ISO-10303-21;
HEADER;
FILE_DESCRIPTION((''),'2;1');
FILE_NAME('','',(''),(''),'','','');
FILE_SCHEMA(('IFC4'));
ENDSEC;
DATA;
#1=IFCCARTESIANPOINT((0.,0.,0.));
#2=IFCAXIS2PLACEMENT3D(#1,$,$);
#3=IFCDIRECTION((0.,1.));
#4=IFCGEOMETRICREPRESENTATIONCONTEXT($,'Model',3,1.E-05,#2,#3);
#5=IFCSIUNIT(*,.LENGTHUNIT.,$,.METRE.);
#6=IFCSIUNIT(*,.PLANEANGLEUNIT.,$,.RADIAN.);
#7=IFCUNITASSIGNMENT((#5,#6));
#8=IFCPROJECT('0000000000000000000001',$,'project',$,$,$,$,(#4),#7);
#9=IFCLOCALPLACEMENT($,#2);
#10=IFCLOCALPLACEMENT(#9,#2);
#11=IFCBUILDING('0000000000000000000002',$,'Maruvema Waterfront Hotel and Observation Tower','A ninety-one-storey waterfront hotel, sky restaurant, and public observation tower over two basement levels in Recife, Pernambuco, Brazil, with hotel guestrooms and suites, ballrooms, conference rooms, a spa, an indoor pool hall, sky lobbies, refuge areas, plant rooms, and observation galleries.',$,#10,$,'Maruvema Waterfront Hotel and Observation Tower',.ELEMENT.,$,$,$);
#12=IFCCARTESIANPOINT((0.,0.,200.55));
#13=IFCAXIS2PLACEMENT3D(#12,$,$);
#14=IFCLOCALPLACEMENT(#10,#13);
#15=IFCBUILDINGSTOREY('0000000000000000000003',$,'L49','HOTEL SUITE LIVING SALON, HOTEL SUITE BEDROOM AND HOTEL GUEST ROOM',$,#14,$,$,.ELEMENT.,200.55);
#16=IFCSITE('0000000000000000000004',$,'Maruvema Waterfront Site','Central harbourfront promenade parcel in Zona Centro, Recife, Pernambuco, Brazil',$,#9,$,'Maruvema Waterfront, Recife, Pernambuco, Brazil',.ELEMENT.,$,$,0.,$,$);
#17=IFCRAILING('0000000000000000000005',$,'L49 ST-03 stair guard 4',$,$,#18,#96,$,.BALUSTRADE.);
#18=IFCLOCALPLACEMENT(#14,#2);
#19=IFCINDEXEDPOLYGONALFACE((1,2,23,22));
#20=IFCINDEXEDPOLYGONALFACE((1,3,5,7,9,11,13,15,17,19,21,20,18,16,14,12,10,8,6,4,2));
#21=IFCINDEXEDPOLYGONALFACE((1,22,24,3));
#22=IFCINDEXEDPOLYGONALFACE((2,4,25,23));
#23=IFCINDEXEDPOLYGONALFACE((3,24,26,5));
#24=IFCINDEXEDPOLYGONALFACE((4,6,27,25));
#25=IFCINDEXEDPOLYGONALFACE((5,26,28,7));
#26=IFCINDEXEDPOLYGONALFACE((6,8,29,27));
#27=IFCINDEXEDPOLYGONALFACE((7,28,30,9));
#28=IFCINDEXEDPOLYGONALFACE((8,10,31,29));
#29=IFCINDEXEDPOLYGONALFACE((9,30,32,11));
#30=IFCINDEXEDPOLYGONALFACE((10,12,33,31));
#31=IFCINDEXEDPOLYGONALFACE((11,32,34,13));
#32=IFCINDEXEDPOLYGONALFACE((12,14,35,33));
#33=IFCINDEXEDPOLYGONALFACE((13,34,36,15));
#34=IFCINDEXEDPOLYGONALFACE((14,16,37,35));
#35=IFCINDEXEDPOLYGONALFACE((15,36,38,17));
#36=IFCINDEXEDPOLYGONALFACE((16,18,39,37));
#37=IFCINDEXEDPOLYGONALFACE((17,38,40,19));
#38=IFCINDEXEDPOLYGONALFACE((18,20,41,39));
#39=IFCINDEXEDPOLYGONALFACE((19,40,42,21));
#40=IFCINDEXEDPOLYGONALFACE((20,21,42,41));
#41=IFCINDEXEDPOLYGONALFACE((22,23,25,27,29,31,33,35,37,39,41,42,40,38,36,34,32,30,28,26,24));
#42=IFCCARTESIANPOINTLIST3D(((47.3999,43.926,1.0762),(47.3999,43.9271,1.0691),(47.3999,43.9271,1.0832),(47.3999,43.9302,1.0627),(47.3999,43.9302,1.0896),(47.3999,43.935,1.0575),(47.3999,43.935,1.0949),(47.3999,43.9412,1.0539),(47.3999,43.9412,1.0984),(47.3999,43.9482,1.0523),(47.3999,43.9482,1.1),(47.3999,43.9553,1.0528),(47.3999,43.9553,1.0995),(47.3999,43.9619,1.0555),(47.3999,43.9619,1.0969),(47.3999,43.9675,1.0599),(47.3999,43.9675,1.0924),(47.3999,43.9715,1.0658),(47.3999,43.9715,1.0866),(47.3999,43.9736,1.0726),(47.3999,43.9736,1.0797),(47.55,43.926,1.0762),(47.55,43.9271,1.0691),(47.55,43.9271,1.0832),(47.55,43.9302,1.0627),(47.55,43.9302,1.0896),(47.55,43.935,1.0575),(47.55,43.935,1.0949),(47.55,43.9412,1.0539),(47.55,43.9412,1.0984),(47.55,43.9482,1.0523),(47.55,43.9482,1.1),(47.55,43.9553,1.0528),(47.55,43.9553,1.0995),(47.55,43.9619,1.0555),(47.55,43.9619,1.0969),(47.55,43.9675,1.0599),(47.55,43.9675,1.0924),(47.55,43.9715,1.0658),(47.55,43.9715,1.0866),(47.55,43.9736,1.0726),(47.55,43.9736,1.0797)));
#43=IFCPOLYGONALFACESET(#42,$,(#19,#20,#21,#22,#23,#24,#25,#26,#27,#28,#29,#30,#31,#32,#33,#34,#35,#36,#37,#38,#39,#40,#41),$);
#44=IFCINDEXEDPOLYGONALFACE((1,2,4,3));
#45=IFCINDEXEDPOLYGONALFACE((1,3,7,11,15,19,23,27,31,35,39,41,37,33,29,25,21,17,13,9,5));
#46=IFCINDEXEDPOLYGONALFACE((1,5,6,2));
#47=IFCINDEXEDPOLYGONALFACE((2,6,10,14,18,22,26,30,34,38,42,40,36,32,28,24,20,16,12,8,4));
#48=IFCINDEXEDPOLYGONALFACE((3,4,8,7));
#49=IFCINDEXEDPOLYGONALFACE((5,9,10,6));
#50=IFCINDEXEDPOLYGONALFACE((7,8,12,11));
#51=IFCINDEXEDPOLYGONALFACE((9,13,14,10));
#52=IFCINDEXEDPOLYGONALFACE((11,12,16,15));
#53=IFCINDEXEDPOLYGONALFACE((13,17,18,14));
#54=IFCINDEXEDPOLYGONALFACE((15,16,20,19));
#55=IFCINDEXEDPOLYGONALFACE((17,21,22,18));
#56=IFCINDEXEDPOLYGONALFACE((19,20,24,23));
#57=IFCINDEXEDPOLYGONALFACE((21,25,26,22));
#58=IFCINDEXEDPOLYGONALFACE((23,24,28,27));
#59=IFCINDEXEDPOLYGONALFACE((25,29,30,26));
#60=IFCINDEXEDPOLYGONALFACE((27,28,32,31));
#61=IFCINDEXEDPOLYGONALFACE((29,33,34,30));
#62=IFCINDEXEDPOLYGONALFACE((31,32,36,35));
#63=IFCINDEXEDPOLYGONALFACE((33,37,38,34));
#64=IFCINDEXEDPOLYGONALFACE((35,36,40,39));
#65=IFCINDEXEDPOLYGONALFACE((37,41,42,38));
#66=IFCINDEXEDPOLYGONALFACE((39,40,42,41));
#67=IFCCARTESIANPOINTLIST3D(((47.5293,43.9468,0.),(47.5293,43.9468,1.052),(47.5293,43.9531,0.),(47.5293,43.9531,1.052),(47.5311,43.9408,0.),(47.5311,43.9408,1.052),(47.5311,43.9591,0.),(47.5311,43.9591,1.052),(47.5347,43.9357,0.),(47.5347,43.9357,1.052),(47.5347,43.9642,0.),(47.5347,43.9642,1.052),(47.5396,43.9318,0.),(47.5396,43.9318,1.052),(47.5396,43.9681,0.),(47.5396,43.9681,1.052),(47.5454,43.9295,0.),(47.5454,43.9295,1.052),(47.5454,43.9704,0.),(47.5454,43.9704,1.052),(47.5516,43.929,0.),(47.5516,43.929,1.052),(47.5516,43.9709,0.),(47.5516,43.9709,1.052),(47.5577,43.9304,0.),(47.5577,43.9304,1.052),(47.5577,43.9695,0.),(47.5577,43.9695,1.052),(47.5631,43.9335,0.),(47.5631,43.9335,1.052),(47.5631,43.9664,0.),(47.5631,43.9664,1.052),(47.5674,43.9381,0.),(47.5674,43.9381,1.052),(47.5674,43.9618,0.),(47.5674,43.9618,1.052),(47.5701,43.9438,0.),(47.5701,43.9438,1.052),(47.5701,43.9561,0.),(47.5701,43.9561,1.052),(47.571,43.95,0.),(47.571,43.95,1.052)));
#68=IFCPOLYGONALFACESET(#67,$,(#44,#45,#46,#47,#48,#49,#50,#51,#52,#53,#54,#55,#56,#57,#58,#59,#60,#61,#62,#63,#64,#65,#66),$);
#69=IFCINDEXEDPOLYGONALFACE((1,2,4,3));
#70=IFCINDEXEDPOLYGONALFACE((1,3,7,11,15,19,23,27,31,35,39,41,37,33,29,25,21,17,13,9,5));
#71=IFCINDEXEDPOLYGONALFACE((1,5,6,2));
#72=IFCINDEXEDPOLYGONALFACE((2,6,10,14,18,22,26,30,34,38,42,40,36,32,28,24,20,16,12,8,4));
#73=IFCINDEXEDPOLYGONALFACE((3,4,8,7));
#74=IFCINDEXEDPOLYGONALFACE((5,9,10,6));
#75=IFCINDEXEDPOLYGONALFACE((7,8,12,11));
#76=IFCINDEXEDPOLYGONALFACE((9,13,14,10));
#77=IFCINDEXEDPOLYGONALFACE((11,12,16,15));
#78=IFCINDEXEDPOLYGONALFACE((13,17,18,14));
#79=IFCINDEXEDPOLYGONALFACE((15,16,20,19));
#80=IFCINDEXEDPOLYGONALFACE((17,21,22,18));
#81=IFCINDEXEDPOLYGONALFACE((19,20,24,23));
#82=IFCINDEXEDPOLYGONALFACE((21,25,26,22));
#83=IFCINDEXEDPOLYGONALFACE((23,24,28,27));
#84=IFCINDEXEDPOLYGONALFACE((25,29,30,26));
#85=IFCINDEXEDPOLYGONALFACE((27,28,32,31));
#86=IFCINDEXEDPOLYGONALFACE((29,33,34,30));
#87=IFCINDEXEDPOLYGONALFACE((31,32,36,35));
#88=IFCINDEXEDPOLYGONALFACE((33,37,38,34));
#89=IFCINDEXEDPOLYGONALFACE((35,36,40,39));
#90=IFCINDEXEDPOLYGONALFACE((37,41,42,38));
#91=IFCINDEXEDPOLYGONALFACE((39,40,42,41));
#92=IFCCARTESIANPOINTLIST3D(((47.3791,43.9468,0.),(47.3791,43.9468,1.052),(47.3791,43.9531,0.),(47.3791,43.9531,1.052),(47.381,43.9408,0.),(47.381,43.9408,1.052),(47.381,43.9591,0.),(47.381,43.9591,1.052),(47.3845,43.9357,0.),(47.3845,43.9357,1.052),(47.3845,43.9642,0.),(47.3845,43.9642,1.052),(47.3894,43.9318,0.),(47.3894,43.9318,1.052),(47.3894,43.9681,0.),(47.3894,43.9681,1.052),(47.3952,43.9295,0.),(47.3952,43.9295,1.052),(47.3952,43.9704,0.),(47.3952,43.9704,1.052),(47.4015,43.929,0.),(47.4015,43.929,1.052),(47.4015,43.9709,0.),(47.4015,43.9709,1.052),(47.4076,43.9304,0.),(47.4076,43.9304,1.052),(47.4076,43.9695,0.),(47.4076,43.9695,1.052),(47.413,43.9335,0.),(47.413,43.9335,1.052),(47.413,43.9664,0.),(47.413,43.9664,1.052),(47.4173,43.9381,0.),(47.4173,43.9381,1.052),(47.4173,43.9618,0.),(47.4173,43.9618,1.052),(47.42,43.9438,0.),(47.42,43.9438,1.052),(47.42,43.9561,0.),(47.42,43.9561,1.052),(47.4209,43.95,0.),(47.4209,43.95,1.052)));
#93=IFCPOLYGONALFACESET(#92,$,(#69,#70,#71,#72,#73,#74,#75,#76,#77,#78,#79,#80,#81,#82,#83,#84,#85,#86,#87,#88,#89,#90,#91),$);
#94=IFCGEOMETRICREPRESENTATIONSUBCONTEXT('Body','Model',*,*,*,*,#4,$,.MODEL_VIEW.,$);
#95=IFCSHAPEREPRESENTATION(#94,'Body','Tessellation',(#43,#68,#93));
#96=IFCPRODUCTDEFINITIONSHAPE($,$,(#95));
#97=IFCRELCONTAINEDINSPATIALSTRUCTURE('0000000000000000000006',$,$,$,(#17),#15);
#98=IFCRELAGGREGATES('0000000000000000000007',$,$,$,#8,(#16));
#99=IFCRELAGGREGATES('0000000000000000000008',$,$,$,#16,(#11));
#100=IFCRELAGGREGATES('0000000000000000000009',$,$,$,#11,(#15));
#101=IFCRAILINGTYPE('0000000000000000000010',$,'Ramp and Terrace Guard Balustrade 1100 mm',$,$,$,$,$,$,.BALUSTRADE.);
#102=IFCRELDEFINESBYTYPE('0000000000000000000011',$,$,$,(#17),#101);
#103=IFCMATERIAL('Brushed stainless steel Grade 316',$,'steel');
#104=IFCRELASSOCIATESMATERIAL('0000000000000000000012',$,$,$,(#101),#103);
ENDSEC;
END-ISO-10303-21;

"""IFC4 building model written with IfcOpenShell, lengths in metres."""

from ifc_helpers import new_model, si_unit, direction, frame, origin, origin_2d, place, context, subcontext, project, spatial, circle, extrude, material, type_object, element, save


model = new_model("IFC4")

# Units and contexts
model_context = context("Model", 3, precision=1e-05, world=origin(), true_north=direction((0.0, 1.0)))
body_context = subcontext(model_context, "Body", "Model", "MODEL_VIEW")
ifc_project = project(units=[si_unit("LENGTHUNIT", "METRE"), si_unit("PLANEANGLEUNIT", "RADIAN")], contexts=[model_context])

# Site, building, storey
site_placement = place(None, origin())
site = spatial("IfcSite", under=ifc_project, at=site_placement, Name="Maruvema Waterfront Site", Description="Central harbourfront promenade parcel in Zona Centro, Recife, Pernambuco, Brazil", LongName="Maruvema Waterfront, Recife, Pernambuco, Brazil", CompositionType="ELEMENT", RefElevation=0.0)
building_placement = place(site_placement, origin())
building = spatial("IfcBuilding", under=site, at=building_placement, Name="Maruvema Waterfront Hotel and Observation Tower", Description="A ninety-one-storey waterfront hotel, sky restaurant, and public observation tower over two basement levels in Recife, Pernambuco, Brazil, with hotel guestrooms and suites, ballrooms, conference rooms, a spa, an indoor pool hall, sky lobbies, refuge areas, plant rooms, and observation galleries.", LongName="Maruvema Waterfront Hotel and Observation Tower", CompositionType="ELEMENT")
storey_placement = place(building_placement, frame((0.0, 0.0, 200.55)))
storey = spatial("IfcBuildingStorey", under=building, at=storey_placement, Name="L49", Description="HOTEL SUITE LIVING SALON, HOTEL SUITE BEDROOM AND HOTEL GUEST ROOM", CompositionType="ELEMENT", Elevation=200.55)

# Railing
ifc_material_1 = material(Name="Brushed stainless steel Grade 316", Category="steel")
railing_type = type_object("IfcRailingType", Name="Ramp and Terrace Guard Balustrade 1100 mm", PredefinedType="BALUSTRADE", material=ifc_material_1)
railing_1_placement = place(storey_placement, frame((47.55, 43.95, 0.0)))
element("IfcRailing", 1, at=railing_1_placement, inside=storey, type_object=railing_type, Name="L49 ST-03 stair guard 4", PredefinedType="BALUSTRADE", context=body_context, shape_type="SweptSolid", body=[
    extrude(circle(Radius=0.0239, at=origin_2d()), frame((0.0, 0.0, 1.0762), z_axis=(-1.0, 0.0, 0.0), x_axis=(0.0, -1.0, 0.0)), (0.0, 0.0, 1.0), 0.1501),
    extrude(circle(Radius=0.021, at=origin_2d()), origin(), (0.0, 0.0, 1.0), 1.052),
    extrude(circle(Radius=0.021, at=origin_2d()), frame((-0.1501, 0.0, 0.0)), (0.0, 0.0, 1.0), 1.052),
])

save(model, "model.ifc")
